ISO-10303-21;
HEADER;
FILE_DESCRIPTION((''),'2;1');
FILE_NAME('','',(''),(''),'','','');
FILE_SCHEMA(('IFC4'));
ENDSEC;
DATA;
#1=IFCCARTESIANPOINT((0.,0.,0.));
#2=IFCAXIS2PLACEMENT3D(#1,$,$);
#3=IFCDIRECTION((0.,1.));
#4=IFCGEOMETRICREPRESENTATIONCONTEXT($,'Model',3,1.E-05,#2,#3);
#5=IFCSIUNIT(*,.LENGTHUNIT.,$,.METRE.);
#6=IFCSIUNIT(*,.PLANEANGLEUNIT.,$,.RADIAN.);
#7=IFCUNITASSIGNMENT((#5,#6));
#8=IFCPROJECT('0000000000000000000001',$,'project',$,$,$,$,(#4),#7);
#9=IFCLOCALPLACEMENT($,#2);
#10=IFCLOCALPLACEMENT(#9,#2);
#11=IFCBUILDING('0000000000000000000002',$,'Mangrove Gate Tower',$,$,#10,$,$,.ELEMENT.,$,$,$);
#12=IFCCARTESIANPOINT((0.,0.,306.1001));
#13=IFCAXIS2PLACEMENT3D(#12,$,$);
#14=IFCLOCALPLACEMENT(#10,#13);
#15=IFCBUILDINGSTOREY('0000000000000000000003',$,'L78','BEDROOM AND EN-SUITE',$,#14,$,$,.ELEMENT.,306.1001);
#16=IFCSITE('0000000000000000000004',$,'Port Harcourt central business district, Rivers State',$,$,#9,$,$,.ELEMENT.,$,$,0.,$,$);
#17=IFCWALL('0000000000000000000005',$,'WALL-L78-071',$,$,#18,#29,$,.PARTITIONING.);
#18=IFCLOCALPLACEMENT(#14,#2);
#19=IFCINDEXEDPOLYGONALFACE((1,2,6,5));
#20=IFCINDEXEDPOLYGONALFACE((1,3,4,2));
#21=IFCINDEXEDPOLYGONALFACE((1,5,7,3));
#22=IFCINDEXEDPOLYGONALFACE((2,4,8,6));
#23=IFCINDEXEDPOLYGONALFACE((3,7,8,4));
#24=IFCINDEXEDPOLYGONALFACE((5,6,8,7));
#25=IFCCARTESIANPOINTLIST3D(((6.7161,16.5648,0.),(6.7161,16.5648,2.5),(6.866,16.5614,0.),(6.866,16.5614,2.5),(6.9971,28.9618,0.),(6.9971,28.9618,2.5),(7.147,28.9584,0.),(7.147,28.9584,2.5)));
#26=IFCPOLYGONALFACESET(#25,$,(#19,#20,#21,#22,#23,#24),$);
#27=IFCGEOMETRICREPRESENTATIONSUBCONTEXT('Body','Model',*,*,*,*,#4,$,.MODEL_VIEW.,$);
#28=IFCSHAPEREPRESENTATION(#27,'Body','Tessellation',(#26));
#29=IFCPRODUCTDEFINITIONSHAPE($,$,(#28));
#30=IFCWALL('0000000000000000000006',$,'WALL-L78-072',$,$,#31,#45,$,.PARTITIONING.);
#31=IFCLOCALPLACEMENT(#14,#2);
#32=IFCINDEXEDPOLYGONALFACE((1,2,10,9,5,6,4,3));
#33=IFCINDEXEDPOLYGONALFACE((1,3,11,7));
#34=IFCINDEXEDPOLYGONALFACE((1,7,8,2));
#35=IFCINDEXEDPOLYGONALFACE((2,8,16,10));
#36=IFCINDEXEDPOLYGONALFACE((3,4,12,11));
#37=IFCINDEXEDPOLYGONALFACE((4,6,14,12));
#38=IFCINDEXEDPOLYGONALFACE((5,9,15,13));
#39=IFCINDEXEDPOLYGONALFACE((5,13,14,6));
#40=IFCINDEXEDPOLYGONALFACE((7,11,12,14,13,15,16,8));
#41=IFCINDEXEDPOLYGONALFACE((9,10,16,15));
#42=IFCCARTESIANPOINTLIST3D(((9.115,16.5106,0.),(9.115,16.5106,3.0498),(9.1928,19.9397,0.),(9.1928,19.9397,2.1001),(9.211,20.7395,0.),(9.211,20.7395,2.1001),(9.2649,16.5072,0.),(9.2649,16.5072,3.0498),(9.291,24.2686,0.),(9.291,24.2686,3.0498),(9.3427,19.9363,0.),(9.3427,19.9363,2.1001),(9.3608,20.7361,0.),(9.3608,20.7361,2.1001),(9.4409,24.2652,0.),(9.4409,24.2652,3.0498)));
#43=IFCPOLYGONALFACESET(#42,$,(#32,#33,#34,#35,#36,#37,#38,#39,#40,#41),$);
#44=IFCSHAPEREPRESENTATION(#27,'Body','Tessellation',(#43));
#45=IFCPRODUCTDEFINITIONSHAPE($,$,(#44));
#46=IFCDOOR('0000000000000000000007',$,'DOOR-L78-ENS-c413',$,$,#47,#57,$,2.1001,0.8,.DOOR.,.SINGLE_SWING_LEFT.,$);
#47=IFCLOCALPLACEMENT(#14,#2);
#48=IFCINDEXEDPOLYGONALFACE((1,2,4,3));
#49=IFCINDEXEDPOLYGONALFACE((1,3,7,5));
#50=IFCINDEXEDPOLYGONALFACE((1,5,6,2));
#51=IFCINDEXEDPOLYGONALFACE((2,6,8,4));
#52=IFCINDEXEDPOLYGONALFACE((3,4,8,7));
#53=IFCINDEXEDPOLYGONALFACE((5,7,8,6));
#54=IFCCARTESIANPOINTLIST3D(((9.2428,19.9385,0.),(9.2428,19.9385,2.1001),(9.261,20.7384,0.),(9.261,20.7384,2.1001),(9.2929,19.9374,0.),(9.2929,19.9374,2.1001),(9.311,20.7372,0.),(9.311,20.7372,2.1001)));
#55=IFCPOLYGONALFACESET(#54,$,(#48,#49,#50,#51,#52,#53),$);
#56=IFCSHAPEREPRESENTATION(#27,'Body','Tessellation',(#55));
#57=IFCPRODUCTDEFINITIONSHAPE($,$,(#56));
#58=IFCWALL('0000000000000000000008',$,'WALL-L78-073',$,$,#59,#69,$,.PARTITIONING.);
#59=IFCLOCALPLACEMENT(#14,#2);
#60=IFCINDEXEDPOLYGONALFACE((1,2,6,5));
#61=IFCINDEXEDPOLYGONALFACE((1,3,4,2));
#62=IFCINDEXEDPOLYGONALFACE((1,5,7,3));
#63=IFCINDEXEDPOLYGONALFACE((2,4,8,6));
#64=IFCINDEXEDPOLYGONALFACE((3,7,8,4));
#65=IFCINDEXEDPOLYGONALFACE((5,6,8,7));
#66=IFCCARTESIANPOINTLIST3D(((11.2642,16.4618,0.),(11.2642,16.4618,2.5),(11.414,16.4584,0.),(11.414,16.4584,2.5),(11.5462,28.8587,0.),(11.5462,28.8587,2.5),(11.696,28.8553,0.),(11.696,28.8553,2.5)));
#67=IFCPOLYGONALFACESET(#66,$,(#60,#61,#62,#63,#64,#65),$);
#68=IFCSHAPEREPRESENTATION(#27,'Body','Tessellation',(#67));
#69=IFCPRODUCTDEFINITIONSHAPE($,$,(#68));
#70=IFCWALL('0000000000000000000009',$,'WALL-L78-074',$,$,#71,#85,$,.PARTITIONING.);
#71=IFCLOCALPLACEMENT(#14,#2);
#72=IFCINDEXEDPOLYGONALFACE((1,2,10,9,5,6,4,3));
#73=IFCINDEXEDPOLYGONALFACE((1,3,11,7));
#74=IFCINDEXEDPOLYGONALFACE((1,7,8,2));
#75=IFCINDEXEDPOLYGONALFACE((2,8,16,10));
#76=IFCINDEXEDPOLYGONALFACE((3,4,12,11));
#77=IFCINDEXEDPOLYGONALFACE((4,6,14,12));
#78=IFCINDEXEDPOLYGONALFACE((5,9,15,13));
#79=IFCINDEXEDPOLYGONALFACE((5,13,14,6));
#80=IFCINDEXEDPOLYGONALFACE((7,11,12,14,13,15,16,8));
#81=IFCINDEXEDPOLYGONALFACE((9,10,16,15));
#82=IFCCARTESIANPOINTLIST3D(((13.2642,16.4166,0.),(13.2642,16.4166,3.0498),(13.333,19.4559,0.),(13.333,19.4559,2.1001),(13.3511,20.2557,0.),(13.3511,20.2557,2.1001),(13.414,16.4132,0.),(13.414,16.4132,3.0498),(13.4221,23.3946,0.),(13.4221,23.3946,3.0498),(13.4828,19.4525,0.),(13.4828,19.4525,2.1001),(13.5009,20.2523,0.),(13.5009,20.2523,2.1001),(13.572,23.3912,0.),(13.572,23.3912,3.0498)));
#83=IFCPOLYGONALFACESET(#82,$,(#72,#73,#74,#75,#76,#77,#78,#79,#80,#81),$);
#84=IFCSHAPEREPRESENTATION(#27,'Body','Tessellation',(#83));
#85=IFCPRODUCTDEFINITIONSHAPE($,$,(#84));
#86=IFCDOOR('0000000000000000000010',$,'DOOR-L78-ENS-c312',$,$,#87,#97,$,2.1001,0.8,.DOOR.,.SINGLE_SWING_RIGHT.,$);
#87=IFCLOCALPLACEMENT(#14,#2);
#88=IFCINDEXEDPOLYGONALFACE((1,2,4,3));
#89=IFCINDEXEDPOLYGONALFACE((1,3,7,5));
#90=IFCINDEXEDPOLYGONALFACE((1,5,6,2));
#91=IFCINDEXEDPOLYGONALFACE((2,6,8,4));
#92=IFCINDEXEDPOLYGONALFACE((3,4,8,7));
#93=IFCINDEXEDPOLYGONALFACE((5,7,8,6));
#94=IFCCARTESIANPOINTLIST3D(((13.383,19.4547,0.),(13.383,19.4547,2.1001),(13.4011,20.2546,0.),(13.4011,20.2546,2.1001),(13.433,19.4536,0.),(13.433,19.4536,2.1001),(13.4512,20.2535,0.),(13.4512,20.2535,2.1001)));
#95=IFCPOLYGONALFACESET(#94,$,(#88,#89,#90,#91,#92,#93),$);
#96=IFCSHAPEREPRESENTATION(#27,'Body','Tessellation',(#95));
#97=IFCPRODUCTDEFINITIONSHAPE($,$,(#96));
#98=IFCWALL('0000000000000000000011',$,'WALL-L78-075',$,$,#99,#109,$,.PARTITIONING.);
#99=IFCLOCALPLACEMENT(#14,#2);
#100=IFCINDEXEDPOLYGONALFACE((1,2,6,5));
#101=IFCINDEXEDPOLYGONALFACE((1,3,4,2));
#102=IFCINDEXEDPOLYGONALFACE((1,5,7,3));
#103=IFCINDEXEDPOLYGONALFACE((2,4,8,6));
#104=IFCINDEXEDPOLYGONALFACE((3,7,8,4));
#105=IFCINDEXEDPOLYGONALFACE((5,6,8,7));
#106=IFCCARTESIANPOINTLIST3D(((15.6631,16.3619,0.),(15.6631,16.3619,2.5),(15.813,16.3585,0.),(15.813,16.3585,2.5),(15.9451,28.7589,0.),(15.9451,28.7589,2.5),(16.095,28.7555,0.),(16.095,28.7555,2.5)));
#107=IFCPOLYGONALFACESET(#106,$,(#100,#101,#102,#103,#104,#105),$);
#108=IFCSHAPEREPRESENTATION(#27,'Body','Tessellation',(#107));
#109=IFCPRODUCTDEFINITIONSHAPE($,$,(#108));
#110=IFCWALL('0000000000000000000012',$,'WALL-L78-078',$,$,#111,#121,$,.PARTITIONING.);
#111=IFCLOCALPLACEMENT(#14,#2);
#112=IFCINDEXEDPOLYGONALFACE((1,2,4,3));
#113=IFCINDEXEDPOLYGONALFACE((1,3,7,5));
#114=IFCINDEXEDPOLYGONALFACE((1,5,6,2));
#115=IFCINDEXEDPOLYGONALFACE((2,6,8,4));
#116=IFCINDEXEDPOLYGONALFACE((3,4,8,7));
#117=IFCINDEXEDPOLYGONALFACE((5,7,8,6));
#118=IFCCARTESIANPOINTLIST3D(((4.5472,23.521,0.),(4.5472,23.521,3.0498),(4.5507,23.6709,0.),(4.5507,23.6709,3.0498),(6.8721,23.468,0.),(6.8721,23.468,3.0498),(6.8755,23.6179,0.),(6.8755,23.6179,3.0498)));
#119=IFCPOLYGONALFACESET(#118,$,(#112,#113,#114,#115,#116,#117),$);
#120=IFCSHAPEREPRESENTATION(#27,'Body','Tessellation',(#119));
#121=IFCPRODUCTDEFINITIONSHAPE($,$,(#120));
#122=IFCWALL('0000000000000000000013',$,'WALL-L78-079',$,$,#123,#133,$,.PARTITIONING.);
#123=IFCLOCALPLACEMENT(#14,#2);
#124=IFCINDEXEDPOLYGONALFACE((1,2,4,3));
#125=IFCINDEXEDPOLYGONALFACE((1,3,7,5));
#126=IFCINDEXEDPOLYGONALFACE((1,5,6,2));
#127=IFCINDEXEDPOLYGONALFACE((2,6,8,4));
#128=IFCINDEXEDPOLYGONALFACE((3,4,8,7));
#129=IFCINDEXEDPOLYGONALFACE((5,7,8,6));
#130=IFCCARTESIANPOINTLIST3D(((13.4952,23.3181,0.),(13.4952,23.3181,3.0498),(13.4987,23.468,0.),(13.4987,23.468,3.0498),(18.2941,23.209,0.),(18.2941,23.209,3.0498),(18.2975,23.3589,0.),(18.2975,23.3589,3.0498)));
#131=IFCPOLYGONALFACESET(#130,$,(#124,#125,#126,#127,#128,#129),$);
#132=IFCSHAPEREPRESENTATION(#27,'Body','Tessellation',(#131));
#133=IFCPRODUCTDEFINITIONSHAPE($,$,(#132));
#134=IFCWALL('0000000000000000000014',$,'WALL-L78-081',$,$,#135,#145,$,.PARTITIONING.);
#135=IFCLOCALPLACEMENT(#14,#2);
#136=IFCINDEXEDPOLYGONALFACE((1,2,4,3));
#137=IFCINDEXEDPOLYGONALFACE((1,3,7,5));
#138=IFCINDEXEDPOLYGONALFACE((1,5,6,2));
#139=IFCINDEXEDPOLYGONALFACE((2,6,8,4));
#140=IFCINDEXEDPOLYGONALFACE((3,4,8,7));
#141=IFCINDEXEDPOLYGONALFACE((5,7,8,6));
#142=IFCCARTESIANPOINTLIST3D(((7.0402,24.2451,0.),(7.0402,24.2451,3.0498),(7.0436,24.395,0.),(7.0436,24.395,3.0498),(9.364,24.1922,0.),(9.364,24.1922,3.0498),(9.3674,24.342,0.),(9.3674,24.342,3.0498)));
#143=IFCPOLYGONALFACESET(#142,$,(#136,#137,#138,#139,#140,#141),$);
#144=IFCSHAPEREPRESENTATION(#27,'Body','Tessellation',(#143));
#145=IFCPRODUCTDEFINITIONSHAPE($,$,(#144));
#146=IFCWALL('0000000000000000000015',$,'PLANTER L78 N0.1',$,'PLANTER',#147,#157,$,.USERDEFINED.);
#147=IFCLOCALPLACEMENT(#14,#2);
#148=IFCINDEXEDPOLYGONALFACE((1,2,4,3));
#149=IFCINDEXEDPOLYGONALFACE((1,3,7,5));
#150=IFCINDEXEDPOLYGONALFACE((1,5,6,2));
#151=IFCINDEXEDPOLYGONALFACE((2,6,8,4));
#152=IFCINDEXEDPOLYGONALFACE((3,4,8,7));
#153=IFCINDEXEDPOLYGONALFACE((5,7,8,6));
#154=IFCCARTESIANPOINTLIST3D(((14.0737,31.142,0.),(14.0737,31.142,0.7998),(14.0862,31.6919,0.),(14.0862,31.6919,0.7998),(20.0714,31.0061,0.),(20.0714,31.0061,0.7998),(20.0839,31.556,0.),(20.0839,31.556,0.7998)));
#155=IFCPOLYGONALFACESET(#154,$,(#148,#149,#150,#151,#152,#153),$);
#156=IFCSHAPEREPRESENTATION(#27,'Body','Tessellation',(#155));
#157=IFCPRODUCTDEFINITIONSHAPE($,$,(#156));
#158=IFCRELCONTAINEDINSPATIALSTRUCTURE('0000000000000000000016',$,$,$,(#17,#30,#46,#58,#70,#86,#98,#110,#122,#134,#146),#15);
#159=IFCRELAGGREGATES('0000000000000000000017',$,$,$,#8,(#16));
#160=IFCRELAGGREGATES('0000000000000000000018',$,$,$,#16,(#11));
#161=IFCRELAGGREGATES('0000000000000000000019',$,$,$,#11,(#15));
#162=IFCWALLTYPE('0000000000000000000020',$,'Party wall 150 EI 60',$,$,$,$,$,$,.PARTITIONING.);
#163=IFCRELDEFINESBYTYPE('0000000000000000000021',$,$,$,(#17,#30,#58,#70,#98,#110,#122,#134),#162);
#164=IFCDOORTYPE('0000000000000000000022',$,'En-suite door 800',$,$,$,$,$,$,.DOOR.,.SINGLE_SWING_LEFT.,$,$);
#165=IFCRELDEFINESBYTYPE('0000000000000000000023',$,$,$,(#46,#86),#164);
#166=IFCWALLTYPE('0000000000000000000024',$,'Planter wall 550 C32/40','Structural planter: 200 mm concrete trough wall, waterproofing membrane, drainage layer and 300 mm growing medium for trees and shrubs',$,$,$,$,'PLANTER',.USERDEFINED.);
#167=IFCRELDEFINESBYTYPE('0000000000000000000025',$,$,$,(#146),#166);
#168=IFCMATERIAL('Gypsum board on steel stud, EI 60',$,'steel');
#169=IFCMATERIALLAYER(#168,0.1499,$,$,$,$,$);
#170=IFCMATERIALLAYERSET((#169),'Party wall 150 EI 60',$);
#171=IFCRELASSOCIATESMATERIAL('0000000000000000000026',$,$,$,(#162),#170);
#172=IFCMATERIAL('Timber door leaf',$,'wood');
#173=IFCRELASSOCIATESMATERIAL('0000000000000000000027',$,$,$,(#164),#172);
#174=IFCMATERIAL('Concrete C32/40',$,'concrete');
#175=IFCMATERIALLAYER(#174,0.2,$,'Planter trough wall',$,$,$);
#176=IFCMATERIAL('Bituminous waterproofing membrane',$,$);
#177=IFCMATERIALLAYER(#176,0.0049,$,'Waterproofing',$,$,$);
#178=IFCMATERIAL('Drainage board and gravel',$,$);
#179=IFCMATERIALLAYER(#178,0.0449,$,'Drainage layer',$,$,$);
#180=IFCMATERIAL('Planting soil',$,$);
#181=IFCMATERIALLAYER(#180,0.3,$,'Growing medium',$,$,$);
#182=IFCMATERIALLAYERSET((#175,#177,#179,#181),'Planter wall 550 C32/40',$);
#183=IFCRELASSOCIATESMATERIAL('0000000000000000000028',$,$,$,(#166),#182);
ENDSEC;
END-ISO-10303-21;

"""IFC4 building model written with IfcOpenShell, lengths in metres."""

from ifc_helpers import new_model, si_unit, direction, frame, frame_2d, origin, place, context, subcontext, project, spatial, rectangle, extrude, material, layer, layer_set, type_object, element, fill, save


model = new_model("IFC4")

# Units and contexts
model_context = context("Model", 3, precision=1e-05, world=origin(), true_north=direction((0.0, 1.0)))
body_context = subcontext(model_context, "Body", "Model", "MODEL_VIEW")
ifc_project = project(units=[si_unit("LENGTHUNIT", "METRE"), si_unit("PLANEANGLEUNIT", "RADIAN")], contexts=[model_context])

# Site, building, storey
site_placement = place(None, origin())
site = spatial("IfcSite", under=ifc_project, at=site_placement, Name="Port Harcourt central business district, Rivers State", CompositionType="ELEMENT", RefElevation=0.0)
building_placement = place(site_placement, origin())
building = spatial("IfcBuilding", under=site, at=building_placement, Name="Mangrove Gate Tower", CompositionType="ELEMENT")
storey_placement = place(building_placement, frame((0.0, 0.0, 306.1001)))
storey = spatial("IfcBuildingStorey", under=building, at=storey_placement, Name="L78", Description="BEDROOM AND EN-SUITE", CompositionType="ELEMENT", Elevation=306.1001)

# Shared definitions
ifc_material_1 = material(Name="Gypsum board on steel stud, EI 60", Category="steel")
ifc_layer_1 = layer(ifc_material_1, 0.1499)
ifc_layer_set_1 = layer_set([ifc_layer_1], Name="Party wall 150 EI 60")
wall_type_1 = type_object("IfcWallType", Name="Party wall 150 EI 60", PredefinedType="PARTITIONING", material=ifc_layer_set_1)
ifc_material_2 = material(Name="Timber door leaf", Category="wood")
door_type_1 = type_object("IfcDoorType", Name="En-suite door 800", OperationType="SINGLE_SWING_LEFT", PredefinedType="DOOR", material=ifc_material_2)

# Wall
wall_1_placement = place(storey_placement, frame((6.791, 16.563, 0.0), z_axis=(0.0, 0.0, 1.0), x_axis=(0.022661, 0.999743, 0.0)))
element("IfcWall", 1, at=wall_1_placement, inside=storey, type_object=wall_type_1, Name="WALL-L78-071", PredefinedType="PARTITIONING", context=body_context, shape_type="SweptSolid", body=[
    extrude(rectangle(XDim=12.4001, YDim=0.1499, at=frame_2d((6.2002, 0.0))), origin(), (0.0, 0.0, 1.0), 2.5),
])

# Wall, opening, door
wall_2_placement = place(storey_placement, frame((9.1899, 16.509, 0.0), z_axis=(0.0, 0.0, 1.0), x_axis=(0.022684, 0.999743, 0.0)))
wall_2 = element("IfcWall", 2, at=wall_2_placement, inside=storey, type_object=wall_type_1, Name="WALL-L78-072", PredefinedType="PARTITIONING", context=body_context, shape_type="SweptSolid", body=[
    extrude(rectangle(XDim=7.76, YDim=0.1499, at=frame_2d((3.8799, 0.0))), origin(), (0.0, 0.0, 1.0), 3.0498),
])
opening_1_placement = place(wall_2_placement, frame((3.4299, 0.0, 0.0)))
opening_1 = element("IfcOpeningElement", 3, at=opening_1_placement, cuts=wall_2, PredefinedType="OPENING", context=body_context, shape_type="SweptSolid", body=[
    extrude(rectangle(XDim=0.8, YDim=2.1001, at=frame_2d((0.3999, 1.05))), frame((0.0, 0.085, 0.0), z_axis=(0.0, -1.0, 0.0), x_axis=(1.0, 0.0, 0.0)), (0.0, 0.0, 1.0), 0.1699),
])
door_1_placement = place(opening_1_placement, origin())
door_1 = element("IfcDoor", 4, at=door_1_placement, inside=storey, type_object=door_type_1, Name="DOOR-L78-ENS-c413", OperationType="SINGLE_SWING_LEFT", OverallHeight=2.1001, OverallWidth=0.8, PredefinedType="DOOR", context=body_context, shape_type="SweptSolid", body=[
    extrude(rectangle(XDim=0.8, YDim=2.1001, at=frame_2d((0.3999, 1.05))), frame((0.0, 0.0249, 0.0), z_axis=(0.0, -1.0, 0.0), x_axis=(1.0, 0.0, 0.0)), (0.0, 0.0, 1.0), 0.05),
])
fill(opening_1, door_1)

# Wall
wall_3_placement = place(storey_placement, frame((11.3391, 16.46, 0.0), z_axis=(0.0, 0.0, 1.0), x_axis=(0.02274, 0.999741, 0.0)))
element("IfcWall", 5, at=wall_3_placement, inside=storey, type_object=wall_type_1, Name="WALL-L78-073", PredefinedType="PARTITIONING", context=body_context, shape_type="SweptSolid", body=[
    extrude(rectangle(XDim=12.4001, YDim=0.1499, at=frame_2d((6.2002, 0.0))), origin(), (0.0, 0.0, 1.0), 2.5),
])

# Wall, opening, door
wall_4_placement = place(storey_placement, frame((13.3391, 16.415, 0.0), z_axis=(0.0, 0.0, 1.0), x_axis=(0.022631, 0.999744, 0.0)))
wall_4 = element("IfcWall", 6, at=wall_4_placement, inside=storey, type_object=wall_type_1, Name="WALL-L78-074", PredefinedType="PARTITIONING", context=body_context, shape_type="SweptSolid", body=[
    extrude(rectangle(XDim=6.9797, YDim=0.1499, at=frame_2d((3.4897, 0.0))), origin(), (0.0, 0.0, 1.0), 3.0498),
])
opening_2_placement = place(wall_4_placement, frame((3.04, 0.0, 0.0)))
opening_2 = element("IfcOpeningElement", 7, at=opening_2_placement, cuts=wall_4, PredefinedType="OPENING", context=body_context, shape_type="SweptSolid", body=[
    extrude(rectangle(XDim=0.8, YDim=2.1001, at=frame_2d((0.3999, 1.05))), frame((0.0, 0.085, 0.0), z_axis=(0.0, -1.0, 0.0), x_axis=(1.0, 0.0, 0.0)), (0.0, 0.0, 1.0), 0.1699),
])
door_2_placement = place(opening_2_placement, origin())
door_2 = element("IfcDoor", 8, at=door_2_placement, inside=storey, type_object=door_type_1, Name="DOOR-L78-ENS-c312", OperationType="SINGLE_SWING_RIGHT", OverallHeight=2.1001, OverallWidth=0.8, PredefinedType="DOOR", context=body_context, shape_type="SweptSolid", body=[
    extrude(rectangle(XDim=0.8, YDim=2.1001, at=frame_2d((0.3999, 1.05))), frame((0.0, 0.0249, 0.0), z_axis=(0.0, -1.0, 0.0), x_axis=(1.0, 0.0, 0.0)), (0.0, 0.0, 1.0), 0.05),
])
fill(opening_2, door_2)

# Walls
wall_5_placement = place(storey_placement, frame((15.738, 16.3601, 0.0), z_axis=(0.0, 0.0, 1.0), x_axis=(0.02274, 0.999741, 0.0)))
element("IfcWall", 9, at=wall_5_placement, inside=storey, type_object=wall_type_1, Name="WALL-L78-075", PredefinedType="PARTITIONING", context=body_context, shape_type="SweptSolid", body=[
    extrude(rectangle(XDim=12.4001, YDim=0.1499, at=frame_2d((6.2002, 0.0))), origin(), (0.0, 0.0, 1.0), 2.5),
])
wall_6_placement = place(storey_placement, frame((4.5491, 23.5959, 0.0), z_axis=(0.0, 0.0, 1.0), x_axis=(0.99974, -0.022781, 0.0)))
element("IfcWall", 10, at=wall_6_placement, inside=storey, type_object=wall_type_1, Name="WALL-L78-078", PredefinedType="PARTITIONING", context=body_context, shape_type="SweptSolid", body=[
    extrude(rectangle(XDim=2.3254, YDim=0.1499, at=frame_2d((1.1626, 0.0))), origin(), (0.0, 0.0, 1.0), 3.0498),
])
wall_7_placement = place(storey_placement, frame((13.4971, 23.3931, 0.0), z_axis=(0.0, 0.0, 1.0), x_axis=(0.999742, -0.022735, 0.0)))
element("IfcWall", 11, at=wall_7_placement, inside=storey, type_object=wall_type_1, Name="WALL-L78-079", PredefinedType="PARTITIONING", context=body_context, shape_type="SweptSolid", body=[
    extrude(rectangle(XDim=4.8, YDim=0.1499, at=frame_2d((2.3999, 0.0))), origin(), (0.0, 0.0, 1.0), 3.0498),
])
wall_8_placement = place(storey_placement, frame((7.042, 24.3201, 0.0), z_axis=(0.0, 0.0, 1.0), x_axis=(0.99974, -0.022791, 0.0)))
element("IfcWall", 12, at=wall_8_placement, inside=storey, type_object=wall_type_1, Name="WALL-L78-081", PredefinedType="PARTITIONING", context=body_context, shape_type="SweptSolid", body=[
    extrude(rectangle(XDim=2.3245, YDim=0.1499, at=frame_2d((1.1621, 0.0))), origin(), (0.0, 0.0, 1.0), 3.0498),
])
ifc_material_3 = material(Name="Concrete C32/40", Category="concrete")
ifc_layer_2 = layer(ifc_material_3, 0.2, Name="Planter trough wall")
ifc_material_4 = material(Name="Bituminous waterproofing membrane")
ifc_layer_3 = layer(ifc_material_4, 0.0049, Name="Waterproofing")
ifc_material_5 = material(Name="Drainage board and gravel")
ifc_layer_4 = layer(ifc_material_5, 0.0449, Name="Drainage layer")
ifc_material_6 = material(Name="Planting soil")
ifc_layer_5 = layer(ifc_material_6, 0.3, Name="Growing medium")
ifc_layer_set_2 = layer_set([ifc_layer_2, ifc_layer_3, ifc_layer_4, ifc_layer_5], Name="Planter wall 550 C32/40")
wall_type_2 = type_object("IfcWallType", Name="Planter wall 550 C32/40", Description="Structural planter: 200 mm concrete trough wall, waterproofing membrane, drainage layer and 300 mm growing medium for trees and shrubs", ElementType="PLANTER", PredefinedType="USERDEFINED", material=ifc_layer_set_2)
wall_9_placement = place(storey_placement, frame((14.0801, 31.417, 0.0), z_axis=(0.0, 0.0, 1.0), x_axis=(0.999743, -0.022667, 0.0)))
element("IfcWall", 13, at=wall_9_placement, inside=storey, type_object=wall_type_2, Name="PLANTER L78 N0.1", ObjectType="PLANTER", PredefinedType="USERDEFINED", context=body_context, shape_type="SweptSolid", body=[
    extrude(rectangle(XDim=5.9993, YDim=0.55, at=frame_2d((2.9995, 0.0))), origin(), (0.0, 0.0, 1.0), 0.7998),
])

save(model, "model.ifc")
